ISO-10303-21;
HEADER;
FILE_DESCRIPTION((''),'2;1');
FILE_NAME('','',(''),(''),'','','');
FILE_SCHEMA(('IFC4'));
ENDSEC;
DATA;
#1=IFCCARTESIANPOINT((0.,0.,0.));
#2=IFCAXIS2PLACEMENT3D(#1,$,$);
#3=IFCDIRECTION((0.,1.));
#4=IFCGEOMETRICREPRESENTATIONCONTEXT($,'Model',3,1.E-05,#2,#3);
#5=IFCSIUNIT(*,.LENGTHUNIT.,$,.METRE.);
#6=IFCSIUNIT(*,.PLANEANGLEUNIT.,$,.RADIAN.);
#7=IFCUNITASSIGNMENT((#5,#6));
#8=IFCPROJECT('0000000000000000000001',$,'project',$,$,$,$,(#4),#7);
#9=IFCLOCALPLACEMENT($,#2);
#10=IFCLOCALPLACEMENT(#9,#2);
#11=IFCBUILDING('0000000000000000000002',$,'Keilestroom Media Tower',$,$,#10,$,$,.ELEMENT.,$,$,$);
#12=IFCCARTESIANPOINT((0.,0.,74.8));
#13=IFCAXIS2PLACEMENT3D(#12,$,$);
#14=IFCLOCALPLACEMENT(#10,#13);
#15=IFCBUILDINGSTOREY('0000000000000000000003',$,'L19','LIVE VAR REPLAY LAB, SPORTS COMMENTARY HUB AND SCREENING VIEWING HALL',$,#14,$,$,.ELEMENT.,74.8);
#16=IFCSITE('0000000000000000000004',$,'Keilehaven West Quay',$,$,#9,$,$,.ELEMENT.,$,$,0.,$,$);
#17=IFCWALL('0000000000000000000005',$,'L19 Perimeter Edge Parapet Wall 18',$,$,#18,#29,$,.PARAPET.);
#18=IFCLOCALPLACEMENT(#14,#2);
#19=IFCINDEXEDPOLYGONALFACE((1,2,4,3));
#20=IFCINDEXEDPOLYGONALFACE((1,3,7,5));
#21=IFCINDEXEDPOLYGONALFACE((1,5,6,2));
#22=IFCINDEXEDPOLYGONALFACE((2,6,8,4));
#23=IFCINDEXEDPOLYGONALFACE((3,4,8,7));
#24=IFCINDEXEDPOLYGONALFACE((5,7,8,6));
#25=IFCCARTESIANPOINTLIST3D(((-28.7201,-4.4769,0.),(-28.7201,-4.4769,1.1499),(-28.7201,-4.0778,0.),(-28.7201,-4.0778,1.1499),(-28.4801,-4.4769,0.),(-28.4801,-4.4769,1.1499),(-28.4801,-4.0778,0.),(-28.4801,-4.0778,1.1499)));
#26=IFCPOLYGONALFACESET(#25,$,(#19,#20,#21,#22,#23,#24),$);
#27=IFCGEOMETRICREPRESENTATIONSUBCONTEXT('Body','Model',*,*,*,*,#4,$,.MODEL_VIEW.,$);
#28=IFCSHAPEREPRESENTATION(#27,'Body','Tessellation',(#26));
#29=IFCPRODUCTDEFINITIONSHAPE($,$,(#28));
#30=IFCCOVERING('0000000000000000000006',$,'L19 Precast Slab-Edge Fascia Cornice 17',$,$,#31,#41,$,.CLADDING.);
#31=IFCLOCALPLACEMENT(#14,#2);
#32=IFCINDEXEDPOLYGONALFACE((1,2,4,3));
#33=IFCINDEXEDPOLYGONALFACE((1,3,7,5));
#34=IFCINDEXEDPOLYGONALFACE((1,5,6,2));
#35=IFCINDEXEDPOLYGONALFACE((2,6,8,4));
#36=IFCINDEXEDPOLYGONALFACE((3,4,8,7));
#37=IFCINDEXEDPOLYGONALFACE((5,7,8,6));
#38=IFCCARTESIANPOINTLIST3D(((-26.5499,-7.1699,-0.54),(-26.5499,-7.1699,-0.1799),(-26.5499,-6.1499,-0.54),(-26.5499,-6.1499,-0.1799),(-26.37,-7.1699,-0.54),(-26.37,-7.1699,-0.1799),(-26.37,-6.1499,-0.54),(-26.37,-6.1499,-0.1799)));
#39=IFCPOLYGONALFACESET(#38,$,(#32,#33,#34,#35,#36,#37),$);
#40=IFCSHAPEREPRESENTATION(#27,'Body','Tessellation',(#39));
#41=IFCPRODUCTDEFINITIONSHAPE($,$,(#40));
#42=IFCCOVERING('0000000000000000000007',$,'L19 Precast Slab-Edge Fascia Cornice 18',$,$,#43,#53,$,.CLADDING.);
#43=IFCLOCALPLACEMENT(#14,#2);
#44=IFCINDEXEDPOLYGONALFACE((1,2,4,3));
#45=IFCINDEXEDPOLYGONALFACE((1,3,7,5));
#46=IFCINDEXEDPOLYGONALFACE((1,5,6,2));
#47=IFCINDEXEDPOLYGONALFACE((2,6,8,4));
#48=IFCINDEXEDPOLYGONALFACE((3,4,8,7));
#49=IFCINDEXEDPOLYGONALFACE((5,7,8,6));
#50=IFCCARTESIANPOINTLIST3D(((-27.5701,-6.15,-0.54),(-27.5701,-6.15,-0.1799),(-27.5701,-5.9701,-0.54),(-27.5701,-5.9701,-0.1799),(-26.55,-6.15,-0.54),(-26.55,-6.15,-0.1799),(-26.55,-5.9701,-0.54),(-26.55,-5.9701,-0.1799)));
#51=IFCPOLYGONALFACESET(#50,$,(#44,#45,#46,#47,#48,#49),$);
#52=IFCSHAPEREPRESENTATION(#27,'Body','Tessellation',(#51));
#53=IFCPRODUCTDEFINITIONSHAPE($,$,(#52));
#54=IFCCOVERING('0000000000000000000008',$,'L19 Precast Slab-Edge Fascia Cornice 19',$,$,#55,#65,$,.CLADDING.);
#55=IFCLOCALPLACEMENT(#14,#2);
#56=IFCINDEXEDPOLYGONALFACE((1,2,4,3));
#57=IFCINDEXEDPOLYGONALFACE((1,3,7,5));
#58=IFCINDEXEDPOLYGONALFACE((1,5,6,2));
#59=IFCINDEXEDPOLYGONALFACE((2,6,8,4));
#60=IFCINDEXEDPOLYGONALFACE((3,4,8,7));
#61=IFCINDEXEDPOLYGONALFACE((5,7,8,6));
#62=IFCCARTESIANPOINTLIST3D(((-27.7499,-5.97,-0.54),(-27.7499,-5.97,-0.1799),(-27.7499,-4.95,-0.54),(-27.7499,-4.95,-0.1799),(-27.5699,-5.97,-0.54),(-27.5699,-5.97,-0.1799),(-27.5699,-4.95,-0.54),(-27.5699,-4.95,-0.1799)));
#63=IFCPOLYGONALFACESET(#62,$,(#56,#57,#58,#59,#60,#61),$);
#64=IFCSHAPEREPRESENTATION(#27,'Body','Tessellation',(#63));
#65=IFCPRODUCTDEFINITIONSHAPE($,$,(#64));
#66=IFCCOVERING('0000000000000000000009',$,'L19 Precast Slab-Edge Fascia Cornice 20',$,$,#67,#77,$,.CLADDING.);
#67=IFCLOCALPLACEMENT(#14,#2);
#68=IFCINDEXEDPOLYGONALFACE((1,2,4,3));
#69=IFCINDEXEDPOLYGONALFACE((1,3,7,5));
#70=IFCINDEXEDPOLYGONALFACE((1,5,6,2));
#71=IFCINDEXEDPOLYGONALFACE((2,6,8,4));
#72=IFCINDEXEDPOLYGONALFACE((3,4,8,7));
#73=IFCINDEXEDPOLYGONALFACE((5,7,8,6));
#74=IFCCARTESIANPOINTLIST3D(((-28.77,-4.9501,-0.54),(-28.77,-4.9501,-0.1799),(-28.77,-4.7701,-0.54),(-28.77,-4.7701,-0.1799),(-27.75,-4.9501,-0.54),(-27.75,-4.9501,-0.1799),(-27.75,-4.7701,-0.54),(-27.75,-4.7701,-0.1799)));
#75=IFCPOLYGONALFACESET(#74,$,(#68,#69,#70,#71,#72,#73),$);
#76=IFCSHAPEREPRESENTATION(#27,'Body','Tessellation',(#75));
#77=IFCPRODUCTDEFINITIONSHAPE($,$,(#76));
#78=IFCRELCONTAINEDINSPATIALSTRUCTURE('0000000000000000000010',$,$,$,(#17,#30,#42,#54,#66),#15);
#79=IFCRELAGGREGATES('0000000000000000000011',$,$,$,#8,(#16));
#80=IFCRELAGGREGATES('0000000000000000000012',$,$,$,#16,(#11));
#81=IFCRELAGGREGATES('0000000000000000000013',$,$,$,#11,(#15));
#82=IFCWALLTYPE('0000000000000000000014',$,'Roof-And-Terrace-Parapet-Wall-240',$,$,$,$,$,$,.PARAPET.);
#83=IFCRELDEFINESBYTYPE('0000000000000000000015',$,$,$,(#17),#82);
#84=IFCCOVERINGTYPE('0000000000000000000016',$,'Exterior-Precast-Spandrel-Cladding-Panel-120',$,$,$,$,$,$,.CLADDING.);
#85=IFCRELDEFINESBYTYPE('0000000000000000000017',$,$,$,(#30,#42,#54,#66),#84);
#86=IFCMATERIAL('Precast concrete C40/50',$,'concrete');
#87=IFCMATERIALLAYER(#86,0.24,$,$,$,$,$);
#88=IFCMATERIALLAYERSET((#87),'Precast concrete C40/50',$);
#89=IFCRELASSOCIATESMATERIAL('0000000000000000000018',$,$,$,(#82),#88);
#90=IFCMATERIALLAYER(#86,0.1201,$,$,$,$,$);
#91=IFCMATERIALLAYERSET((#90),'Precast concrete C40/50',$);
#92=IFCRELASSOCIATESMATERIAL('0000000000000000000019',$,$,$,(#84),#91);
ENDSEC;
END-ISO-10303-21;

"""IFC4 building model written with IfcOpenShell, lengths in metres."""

from ifc_helpers import new_model, si_unit, direction, frame, frame_2d, origin, origin_2d, place, context, subcontext, project, spatial, rectangle, extrude, source, transform, mapped, material, layer, layer_set, type_object, element, save


model = new_model("IFC4")

# Units and contexts
model_context = context("Model", 3, precision=1e-05, world=origin(), true_north=direction((0.0, 1.0)))
body_context = subcontext(model_context, "Body", "Model", "MODEL_VIEW")
ifc_project = project(units=[si_unit("LENGTHUNIT", "METRE"), si_unit("PLANEANGLEUNIT", "RADIAN")], contexts=[model_context])

# Site, building, storey
site_placement = place(None, origin())
site = spatial("IfcSite", under=ifc_project, at=site_placement, Name="Keilehaven West Quay", CompositionType="ELEMENT", RefElevation=0.0)
building_placement = place(site_placement, origin())
building = spatial("IfcBuilding", under=site, at=building_placement, Name="Keilestroom Media Tower", CompositionType="ELEMENT")
storey_placement = place(building_placement, frame((0.0, 0.0, 74.8)))
storey = spatial("IfcBuildingStorey", under=building, at=storey_placement, Name="L19", Description="LIVE VAR REPLAY LAB, SPORTS COMMENTARY HUB AND SCREENING VIEWING HALL", CompositionType="ELEMENT", Elevation=74.8)

# Shared definitions
ifc_material_1 = material(Name="Precast concrete C40/50", Category="concrete")

# Wall
ifc_layer_1 = layer(ifc_material_1, 0.24)
ifc_layer_set_1 = layer_set([ifc_layer_1], Name="Precast concrete C40/50")
wall_type_1 = type_object("IfcWallType", Name="Roof-And-Terrace-Parapet-Wall-240", PredefinedType="PARAPET", material=ifc_layer_set_1)
wall_1_placement = place(storey_placement, frame((-28.6001, -4.4771, 0.0), z_axis=(0.0, 0.0, 1.0), x_axis=(0.0, 1.0, 0.0)))
element("IfcWall", 1, at=wall_1_placement, inside=storey, type_object=wall_type_1, Name="L19 Perimeter Edge Parapet Wall 18", PredefinedType="PARAPET", context=body_context, shape_type="SweptSolid", body=[
    extrude(rectangle(XDim=0.3992, YDim=0.24, at=frame_2d((0.1997, 0.0))), origin(), (0.0, 0.0, 1.0), 1.1499),
])

# Coverings
ifc_layer_2 = layer(ifc_material_1, 0.1201)
ifc_layer_set_2 = layer_set([ifc_layer_2], Name="Precast concrete C40/50")
covering_type = type_object("IfcCoveringType", Name="Exterior-Precast-Spandrel-Cladding-Panel-120", PredefinedType="CLADDING", material=ifc_layer_set_2)
shared_shape_1 = source(origin(), body_context, "Body", "SweptSolid", [
    extrude(rectangle(XDim=1.02, YDim=0.1799, at=origin_2d()), origin(), (0.0, 0.0, 1.0), 0.3601),
])
for number, where, z_axis, x_axis, name in (
    (2, (-26.46, -6.6599, -0.54), (0.0, 0.0, 1.0), (0.0, 1.0, 0.0), "L19 Precast Slab-Edge Fascia Cornice 17"),
    (3, (-27.0601, -6.0601, -0.54), (0.0, 0.0, 1.0), (-1.0, 0.0, 0.0), "L19 Precast Slab-Edge Fascia Cornice 18"),
    (4, (-27.6599, -5.46, -0.54), (0.0, 0.0, 1.0), (0.0, 1.0, 0.0), "L19 Precast Slab-Edge Fascia Cornice 19"),
    (5, (-28.26, -4.8601, -0.54), (0.0, 0.0, 1.0), (-1.0, 0.0, 0.0), "L19 Precast Slab-Edge Fascia Cornice 20"),
):
    element("IfcCovering", number, at=place(storey_placement, frame(where, z_axis=z_axis, x_axis=x_axis)), inside=storey, type_object=covering_type, Name=name, PredefinedType="CLADDING", context=body_context, shape_type="MappedRepresentation", body=[
        mapped(shared_shape_1, transform((0.0, 0.0, 0.0), x_axis=(1.0, 0.0, 0.0), y_axis=(0.0, 1.0, 0.0), z_axis=(0.0, 0.0, 1.0), scale=1.0)),
    ])

save(model, "model.ifc")
